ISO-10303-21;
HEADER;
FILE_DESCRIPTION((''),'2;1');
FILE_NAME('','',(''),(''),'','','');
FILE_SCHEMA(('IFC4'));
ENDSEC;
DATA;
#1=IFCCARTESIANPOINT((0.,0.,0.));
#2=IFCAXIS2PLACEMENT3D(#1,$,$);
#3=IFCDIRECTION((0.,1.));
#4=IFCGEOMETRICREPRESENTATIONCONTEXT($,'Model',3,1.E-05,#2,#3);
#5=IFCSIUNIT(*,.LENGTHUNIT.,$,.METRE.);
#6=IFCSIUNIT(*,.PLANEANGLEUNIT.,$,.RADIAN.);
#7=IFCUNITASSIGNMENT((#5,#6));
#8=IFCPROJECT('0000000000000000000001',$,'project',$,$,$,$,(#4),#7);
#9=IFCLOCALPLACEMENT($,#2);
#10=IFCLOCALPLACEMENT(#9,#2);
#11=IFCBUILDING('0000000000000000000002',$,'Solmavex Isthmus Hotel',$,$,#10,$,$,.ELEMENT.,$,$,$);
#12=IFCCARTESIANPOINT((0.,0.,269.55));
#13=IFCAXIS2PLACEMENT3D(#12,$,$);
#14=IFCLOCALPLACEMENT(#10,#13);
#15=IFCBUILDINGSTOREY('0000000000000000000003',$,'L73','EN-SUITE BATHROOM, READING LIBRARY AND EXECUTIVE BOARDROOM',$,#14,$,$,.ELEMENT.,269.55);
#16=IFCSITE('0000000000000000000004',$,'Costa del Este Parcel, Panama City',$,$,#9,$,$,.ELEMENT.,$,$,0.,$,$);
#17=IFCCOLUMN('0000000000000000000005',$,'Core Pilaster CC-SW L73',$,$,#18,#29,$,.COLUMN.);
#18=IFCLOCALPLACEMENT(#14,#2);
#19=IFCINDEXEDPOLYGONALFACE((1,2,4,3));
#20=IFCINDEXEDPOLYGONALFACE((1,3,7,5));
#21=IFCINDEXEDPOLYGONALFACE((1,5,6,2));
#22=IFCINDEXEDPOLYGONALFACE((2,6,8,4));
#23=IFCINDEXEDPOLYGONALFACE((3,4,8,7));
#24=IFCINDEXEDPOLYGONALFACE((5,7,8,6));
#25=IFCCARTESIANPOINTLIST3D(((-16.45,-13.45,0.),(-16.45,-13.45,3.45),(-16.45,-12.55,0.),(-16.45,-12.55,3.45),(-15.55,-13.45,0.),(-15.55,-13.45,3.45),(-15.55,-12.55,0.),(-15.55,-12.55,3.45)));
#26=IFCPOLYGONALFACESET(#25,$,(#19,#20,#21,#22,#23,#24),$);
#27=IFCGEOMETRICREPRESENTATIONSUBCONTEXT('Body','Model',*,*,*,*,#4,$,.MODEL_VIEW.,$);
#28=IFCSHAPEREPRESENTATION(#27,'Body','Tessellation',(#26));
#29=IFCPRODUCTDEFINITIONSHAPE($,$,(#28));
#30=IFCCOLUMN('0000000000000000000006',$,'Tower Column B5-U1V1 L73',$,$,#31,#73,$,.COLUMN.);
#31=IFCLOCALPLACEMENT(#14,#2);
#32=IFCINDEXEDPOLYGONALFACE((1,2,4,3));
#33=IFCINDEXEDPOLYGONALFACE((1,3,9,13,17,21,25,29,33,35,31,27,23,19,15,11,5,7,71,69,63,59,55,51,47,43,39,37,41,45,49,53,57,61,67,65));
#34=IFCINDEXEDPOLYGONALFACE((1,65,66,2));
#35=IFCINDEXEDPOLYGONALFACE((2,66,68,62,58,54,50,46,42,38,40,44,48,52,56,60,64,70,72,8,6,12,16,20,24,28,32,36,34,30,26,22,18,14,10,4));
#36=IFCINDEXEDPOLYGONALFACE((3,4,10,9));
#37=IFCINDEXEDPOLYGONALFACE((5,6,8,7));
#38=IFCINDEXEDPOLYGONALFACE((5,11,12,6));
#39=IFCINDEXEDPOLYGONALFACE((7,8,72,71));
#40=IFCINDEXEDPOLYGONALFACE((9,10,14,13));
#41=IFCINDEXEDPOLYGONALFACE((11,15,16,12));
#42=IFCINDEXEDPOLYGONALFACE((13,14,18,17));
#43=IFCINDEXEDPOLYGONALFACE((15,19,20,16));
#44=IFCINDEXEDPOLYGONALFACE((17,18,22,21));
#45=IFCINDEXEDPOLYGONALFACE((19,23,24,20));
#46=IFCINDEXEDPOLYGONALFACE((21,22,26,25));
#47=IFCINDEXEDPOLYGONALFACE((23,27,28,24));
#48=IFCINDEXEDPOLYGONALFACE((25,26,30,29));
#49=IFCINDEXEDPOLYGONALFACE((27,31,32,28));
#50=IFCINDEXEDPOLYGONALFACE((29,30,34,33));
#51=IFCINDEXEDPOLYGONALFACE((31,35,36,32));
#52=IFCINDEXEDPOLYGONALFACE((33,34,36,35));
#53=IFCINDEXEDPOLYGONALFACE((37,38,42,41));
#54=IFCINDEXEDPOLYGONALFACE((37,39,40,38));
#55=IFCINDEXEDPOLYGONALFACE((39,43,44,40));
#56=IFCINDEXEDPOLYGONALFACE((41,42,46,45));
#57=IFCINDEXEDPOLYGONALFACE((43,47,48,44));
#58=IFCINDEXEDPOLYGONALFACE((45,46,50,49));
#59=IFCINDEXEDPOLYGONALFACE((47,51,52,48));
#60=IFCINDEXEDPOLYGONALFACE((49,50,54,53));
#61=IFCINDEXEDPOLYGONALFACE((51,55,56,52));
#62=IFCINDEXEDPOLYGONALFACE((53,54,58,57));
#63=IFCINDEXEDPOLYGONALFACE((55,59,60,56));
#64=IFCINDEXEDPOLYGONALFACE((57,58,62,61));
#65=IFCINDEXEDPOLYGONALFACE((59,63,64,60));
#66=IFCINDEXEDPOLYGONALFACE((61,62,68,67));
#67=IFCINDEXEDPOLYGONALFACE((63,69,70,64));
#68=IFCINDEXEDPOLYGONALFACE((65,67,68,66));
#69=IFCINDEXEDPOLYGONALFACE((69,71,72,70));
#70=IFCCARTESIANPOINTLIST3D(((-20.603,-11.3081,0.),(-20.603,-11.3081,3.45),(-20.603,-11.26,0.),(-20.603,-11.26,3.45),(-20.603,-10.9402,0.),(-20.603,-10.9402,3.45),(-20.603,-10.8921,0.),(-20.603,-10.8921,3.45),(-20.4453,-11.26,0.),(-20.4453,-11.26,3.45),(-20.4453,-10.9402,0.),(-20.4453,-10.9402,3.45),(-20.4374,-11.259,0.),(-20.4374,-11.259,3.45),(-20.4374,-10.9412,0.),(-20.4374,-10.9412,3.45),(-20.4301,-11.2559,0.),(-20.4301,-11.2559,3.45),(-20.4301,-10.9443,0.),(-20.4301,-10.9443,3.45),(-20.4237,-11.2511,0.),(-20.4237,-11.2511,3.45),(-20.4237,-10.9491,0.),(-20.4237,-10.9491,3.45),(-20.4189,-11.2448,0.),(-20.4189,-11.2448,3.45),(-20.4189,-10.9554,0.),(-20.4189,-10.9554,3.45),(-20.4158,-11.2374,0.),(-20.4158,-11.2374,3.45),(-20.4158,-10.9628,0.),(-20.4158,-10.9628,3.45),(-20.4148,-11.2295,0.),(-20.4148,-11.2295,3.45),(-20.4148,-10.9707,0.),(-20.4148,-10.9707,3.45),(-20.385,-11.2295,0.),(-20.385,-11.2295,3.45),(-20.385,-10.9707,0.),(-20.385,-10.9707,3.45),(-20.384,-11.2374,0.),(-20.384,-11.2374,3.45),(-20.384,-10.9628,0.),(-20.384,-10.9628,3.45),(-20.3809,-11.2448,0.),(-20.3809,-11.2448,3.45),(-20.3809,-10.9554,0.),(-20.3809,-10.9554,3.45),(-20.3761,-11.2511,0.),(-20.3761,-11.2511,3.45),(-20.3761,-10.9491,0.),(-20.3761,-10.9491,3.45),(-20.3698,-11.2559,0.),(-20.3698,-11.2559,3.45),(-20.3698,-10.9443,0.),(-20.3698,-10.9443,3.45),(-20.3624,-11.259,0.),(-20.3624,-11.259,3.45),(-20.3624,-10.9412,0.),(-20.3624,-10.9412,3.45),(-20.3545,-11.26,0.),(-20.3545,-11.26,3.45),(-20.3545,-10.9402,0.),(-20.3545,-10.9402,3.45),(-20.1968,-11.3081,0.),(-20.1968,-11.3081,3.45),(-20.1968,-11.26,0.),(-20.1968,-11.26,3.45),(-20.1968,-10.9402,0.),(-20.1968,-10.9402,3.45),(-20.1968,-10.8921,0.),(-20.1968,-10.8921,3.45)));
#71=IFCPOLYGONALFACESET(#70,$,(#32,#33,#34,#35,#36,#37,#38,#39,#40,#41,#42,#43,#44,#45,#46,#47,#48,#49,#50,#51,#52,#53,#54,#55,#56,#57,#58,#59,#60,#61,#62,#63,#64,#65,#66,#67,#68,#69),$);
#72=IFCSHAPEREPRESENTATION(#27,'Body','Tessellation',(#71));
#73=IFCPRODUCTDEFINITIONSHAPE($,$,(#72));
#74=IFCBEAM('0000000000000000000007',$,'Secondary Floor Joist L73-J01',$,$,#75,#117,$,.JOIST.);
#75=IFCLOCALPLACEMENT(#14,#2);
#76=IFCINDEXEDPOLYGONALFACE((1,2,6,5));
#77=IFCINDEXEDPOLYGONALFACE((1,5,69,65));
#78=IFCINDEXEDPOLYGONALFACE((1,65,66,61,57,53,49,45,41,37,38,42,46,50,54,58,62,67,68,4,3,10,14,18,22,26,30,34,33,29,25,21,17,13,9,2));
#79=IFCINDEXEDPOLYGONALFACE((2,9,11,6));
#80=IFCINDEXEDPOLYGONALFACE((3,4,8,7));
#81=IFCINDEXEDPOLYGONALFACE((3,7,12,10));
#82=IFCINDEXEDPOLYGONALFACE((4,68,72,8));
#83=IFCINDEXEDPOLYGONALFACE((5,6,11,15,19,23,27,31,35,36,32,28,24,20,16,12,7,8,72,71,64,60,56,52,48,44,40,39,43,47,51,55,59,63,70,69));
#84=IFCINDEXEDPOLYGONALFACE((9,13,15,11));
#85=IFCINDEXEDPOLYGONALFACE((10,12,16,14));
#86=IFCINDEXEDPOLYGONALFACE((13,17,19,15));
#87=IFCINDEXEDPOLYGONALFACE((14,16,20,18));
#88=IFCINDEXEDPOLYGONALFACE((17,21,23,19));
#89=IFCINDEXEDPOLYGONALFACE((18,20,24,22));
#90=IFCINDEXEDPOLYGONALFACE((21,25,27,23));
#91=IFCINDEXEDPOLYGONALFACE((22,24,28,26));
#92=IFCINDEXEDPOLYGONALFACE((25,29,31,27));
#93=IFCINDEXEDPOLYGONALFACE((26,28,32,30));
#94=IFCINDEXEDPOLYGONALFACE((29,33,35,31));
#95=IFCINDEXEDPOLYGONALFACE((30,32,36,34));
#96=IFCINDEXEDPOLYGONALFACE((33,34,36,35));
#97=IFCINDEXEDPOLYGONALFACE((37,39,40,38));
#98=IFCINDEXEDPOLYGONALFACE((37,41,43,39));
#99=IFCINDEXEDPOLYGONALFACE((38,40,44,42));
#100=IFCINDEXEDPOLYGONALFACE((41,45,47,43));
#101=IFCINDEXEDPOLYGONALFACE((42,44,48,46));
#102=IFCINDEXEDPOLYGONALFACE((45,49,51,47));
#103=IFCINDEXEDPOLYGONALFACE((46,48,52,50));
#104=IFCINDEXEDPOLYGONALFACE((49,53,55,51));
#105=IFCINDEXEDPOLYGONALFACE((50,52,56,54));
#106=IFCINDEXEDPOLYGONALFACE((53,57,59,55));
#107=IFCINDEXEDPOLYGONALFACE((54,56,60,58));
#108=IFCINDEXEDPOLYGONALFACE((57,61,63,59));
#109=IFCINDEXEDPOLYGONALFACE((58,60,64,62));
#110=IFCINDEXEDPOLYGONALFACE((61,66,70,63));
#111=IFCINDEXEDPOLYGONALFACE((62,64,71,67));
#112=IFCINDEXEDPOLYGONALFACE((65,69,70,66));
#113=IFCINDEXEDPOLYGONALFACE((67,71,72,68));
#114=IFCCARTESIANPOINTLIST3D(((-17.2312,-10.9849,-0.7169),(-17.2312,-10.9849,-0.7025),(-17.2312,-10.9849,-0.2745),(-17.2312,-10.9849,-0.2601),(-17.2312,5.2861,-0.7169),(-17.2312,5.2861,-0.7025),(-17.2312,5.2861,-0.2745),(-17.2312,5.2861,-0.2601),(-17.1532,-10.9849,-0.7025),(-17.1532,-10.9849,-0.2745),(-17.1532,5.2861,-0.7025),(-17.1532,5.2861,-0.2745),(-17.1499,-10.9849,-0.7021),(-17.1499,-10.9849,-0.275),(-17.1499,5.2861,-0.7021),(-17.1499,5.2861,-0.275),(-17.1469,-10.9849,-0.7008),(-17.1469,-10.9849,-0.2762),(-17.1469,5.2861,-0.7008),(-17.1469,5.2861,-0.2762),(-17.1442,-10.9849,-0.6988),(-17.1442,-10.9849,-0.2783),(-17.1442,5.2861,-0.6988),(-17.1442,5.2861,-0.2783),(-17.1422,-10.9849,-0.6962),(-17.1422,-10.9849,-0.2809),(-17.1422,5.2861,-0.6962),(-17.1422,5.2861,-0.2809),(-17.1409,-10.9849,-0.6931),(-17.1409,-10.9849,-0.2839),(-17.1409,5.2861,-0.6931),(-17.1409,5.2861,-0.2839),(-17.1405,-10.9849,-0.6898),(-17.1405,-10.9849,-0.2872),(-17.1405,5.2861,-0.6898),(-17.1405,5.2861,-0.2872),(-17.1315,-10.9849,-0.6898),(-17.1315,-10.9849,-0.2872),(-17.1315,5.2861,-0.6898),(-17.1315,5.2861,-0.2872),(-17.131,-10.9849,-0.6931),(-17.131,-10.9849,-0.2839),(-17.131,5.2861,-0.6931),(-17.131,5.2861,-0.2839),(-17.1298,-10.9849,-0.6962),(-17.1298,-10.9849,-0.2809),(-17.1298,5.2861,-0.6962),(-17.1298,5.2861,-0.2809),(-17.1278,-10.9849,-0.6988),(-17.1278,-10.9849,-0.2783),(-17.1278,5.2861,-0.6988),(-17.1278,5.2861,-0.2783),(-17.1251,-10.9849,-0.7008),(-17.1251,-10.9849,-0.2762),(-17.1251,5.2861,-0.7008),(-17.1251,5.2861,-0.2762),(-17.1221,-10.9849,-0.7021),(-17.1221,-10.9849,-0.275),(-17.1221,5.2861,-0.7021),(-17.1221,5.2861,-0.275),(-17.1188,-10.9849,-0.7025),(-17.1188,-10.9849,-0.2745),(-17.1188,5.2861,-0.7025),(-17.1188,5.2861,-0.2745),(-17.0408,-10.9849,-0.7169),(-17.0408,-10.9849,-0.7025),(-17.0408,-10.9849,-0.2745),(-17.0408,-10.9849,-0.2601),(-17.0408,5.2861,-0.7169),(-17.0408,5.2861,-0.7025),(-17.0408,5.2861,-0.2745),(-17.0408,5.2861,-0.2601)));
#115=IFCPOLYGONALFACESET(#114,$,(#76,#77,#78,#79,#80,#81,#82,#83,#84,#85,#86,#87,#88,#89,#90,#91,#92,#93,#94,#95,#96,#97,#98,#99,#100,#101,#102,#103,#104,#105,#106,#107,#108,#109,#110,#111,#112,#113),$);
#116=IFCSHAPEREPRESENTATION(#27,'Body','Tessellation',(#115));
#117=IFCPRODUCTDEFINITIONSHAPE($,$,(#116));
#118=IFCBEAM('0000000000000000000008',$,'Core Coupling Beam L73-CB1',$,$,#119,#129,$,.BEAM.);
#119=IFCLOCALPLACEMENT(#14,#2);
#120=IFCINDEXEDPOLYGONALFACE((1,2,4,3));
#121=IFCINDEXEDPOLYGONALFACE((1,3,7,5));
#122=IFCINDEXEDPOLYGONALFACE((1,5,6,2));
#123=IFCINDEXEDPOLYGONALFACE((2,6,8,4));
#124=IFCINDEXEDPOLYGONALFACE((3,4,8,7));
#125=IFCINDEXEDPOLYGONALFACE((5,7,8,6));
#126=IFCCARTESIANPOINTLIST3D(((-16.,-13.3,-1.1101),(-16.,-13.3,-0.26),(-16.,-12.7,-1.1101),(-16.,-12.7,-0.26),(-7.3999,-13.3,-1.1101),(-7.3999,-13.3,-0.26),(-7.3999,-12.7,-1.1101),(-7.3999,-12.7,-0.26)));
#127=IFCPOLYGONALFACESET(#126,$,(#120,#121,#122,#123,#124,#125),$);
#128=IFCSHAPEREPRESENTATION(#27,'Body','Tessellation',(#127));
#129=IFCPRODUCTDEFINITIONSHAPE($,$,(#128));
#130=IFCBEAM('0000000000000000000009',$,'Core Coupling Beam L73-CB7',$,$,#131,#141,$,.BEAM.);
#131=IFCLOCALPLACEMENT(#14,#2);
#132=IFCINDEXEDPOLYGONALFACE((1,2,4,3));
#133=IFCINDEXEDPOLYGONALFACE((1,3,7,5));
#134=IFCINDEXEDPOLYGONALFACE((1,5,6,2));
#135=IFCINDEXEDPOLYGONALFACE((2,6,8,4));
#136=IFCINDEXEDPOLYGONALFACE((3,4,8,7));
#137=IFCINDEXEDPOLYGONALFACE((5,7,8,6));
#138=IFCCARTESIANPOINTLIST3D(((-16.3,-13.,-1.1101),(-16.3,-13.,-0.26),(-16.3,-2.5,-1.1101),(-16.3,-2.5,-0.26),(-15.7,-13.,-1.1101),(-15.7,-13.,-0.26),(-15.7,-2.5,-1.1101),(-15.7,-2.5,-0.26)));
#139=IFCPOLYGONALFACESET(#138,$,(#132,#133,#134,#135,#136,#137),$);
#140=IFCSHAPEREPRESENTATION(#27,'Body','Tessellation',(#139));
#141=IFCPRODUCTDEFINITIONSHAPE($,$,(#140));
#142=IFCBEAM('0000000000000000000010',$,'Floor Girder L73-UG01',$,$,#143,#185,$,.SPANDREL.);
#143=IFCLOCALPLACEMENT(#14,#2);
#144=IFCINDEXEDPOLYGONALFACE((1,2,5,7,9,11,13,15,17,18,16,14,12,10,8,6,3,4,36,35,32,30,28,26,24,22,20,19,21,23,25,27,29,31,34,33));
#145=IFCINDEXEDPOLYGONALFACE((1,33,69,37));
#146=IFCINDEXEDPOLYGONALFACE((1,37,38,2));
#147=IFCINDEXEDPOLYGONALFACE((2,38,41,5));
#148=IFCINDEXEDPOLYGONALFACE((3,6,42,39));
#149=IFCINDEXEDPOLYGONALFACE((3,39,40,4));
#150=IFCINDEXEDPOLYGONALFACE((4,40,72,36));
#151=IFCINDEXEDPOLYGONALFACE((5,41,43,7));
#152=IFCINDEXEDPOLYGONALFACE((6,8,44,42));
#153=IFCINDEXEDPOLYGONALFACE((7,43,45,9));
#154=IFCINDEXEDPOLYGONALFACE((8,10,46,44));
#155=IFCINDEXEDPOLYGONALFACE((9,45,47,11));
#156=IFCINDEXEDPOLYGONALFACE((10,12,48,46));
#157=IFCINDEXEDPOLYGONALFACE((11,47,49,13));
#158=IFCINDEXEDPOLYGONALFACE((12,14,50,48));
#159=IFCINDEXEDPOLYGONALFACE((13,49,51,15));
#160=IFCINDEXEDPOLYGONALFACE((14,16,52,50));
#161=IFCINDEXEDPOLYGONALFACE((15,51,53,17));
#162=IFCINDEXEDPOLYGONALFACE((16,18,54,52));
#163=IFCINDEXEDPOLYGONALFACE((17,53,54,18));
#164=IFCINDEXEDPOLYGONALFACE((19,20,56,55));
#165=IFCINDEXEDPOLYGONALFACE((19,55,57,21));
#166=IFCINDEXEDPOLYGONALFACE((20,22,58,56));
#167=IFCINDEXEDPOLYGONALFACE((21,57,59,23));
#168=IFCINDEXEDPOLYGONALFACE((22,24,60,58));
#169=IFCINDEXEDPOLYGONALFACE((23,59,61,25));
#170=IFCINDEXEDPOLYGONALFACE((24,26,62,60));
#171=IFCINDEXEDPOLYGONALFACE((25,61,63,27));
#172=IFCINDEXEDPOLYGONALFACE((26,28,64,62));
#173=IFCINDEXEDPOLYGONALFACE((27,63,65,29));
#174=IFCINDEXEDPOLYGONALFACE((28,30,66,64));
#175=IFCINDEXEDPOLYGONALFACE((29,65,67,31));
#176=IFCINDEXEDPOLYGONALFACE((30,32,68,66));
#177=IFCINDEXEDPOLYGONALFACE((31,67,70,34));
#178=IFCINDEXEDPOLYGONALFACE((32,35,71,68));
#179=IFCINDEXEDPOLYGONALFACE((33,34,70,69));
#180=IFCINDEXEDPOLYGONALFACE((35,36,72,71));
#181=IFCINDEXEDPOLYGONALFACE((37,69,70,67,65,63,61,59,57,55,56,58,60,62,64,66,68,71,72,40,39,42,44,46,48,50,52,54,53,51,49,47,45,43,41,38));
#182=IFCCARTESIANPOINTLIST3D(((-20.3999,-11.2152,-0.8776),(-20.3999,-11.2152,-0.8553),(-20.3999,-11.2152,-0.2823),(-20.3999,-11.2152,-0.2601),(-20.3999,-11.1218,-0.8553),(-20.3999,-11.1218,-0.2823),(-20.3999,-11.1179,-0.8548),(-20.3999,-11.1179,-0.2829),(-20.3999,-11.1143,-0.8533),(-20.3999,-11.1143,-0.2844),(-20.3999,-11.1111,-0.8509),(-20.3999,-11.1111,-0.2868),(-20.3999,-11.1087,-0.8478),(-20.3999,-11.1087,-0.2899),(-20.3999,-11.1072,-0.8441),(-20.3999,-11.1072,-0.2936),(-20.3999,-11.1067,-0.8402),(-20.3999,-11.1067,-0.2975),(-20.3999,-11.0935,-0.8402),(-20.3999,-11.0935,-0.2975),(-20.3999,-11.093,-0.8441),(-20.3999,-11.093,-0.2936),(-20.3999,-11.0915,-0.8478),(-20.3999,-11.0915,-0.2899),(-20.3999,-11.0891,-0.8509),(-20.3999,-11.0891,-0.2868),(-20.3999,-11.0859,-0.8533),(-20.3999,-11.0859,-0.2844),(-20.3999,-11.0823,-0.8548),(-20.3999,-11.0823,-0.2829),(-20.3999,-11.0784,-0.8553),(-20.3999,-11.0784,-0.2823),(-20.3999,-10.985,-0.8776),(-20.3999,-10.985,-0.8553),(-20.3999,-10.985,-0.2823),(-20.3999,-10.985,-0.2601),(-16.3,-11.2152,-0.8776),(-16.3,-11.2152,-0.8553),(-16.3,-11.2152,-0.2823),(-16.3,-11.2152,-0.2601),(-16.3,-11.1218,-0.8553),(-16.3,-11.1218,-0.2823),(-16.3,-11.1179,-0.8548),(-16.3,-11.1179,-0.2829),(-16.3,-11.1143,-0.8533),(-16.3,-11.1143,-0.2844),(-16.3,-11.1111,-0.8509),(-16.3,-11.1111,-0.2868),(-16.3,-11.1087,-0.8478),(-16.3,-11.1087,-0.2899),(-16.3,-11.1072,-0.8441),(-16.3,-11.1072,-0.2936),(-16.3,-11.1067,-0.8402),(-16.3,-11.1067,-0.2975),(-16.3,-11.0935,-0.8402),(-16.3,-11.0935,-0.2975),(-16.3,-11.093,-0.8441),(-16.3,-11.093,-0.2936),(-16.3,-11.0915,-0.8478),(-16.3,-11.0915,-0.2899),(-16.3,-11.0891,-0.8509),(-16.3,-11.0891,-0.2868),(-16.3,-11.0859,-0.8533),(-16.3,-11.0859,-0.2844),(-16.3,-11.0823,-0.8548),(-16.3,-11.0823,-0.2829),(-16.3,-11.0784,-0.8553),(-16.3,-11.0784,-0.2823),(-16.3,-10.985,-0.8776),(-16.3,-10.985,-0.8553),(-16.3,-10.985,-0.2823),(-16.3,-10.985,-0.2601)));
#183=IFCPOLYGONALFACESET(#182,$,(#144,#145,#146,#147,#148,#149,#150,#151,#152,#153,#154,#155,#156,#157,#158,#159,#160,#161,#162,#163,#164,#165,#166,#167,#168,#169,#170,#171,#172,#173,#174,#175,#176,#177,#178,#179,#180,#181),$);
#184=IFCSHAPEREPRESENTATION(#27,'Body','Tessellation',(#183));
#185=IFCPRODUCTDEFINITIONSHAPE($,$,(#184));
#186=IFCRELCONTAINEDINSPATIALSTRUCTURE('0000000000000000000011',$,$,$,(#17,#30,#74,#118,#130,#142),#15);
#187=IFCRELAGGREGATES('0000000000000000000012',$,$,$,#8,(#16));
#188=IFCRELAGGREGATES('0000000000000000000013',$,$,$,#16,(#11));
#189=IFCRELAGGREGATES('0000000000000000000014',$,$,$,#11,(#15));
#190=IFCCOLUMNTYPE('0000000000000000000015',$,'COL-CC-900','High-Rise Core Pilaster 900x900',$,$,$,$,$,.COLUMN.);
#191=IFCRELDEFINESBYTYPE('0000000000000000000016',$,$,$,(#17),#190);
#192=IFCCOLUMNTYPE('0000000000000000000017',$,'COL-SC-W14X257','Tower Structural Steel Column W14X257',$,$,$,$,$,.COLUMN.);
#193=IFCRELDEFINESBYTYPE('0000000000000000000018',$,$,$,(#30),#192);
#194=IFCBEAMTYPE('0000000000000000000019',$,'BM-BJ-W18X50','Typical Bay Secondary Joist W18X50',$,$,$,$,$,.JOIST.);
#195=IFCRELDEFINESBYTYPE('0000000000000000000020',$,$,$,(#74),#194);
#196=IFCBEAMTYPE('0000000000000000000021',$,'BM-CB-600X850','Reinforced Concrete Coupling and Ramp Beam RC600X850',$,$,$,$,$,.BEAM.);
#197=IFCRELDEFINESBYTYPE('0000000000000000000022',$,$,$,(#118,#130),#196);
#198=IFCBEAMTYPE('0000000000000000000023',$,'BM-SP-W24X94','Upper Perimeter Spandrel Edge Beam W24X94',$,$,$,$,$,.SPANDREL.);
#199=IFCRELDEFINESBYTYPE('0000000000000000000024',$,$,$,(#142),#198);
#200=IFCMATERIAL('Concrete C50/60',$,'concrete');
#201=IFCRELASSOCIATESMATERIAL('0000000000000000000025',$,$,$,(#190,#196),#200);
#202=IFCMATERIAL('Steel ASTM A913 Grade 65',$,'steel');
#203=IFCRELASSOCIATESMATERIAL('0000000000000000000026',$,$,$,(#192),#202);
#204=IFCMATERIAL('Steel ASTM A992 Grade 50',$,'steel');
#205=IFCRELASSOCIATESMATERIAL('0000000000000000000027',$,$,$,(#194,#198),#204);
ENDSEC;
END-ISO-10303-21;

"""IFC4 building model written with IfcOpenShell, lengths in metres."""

from ifc_helpers import new_model, si_unit, direction, frame, origin, origin_2d, place, context, subcontext, project, spatial, rectangle, i_section, extrude, material, material_profile, profile_set, type_object, element, save


model = new_model("IFC4")

# Units and contexts
model_context = context("Model", 3, precision=1e-05, world=origin(), true_north=direction((0.0, 1.0)))
body_context = subcontext(model_context, "Body", "Model", "MODEL_VIEW")
ifc_project = project(units=[si_unit("LENGTHUNIT", "METRE"), si_unit("PLANEANGLEUNIT", "RADIAN")], contexts=[model_context])

# Site, building, storey
site_placement = place(None, origin())
site = spatial("IfcSite", under=ifc_project, at=site_placement, Name="Costa del Este Parcel, Panama City", CompositionType="ELEMENT", RefElevation=0.0)
building_placement = place(site_placement, origin())
building = spatial("IfcBuilding", under=site, at=building_placement, Name="Solmavex Isthmus Hotel", CompositionType="ELEMENT")
storey_placement = place(building_placement, frame((0.0, 0.0, 269.55)))
storey = spatial("IfcBuildingStorey", under=building, at=storey_placement, Name="L73", Description="EN-SUITE BATHROOM, READING LIBRARY AND EXECUTIVE BOARDROOM", CompositionType="ELEMENT", Elevation=269.55)

# Columns
ifc_material_1 = material(Name="Concrete C50/60", Category="concrete")
ifc_material_profile_1 = material_profile(ifc_material_1, rectangle(XDim=0.8999, YDim=0.8999, at=origin_2d()), Name="RC900X900")
ifc_profile_set_1 = profile_set([ifc_material_profile_1], Name="Concrete C50/60")
column_type_1 = type_object("IfcColumnType", Name="COL-CC-900", Description="High-Rise Core Pilaster 900x900", PredefinedType="COLUMN", material=ifc_profile_set_1)
column_1_placement = place(storey_placement, frame((-16.0, -13.0, 0.0), z_axis=(0.0, 0.0, 1.0), x_axis=(1.0, 0.0, 0.0)))
element("IfcColumn", 1, at=column_1_placement, inside=storey, type_object=column_type_1, Name="Core Pilaster CC-SW L73", PredefinedType="COLUMN", context=body_context, shape_type="SweptSolid", body=[
    extrude(rectangle(XDim=0.8999, YDim=0.8999, at=origin_2d()), origin(), (0.0, 0.0, 1.0), 3.45),
])
ifc_material_2 = material(Name="Steel ASTM A913 Grade 65", Category="steel")
ifc_material_profile_2 = material_profile(ifc_material_2, i_section(OverallWidth=0.4062, OverallDepth=0.416, WebThickness=0.0298, FlangeThickness=0.0481, FilletRadius=0.0305, at=origin_2d()), Name="W14X257")
ifc_profile_set_2 = profile_set([ifc_material_profile_2], Name="Steel ASTM A913 Grade 65")
column_type_2 = type_object("IfcColumnType", Name="COL-SC-W14X257", Description="Tower Structural Steel Column W14X257", PredefinedType="COLUMN", material=ifc_profile_set_2)
column_2_placement = place(storey_placement, frame((-20.3999, -11.1001, 0.0), z_axis=(0.0, 0.0, 1.0), x_axis=(1.0, 0.0, 0.0)))
element("IfcColumn", 2, at=column_2_placement, inside=storey, type_object=column_type_2, Name="Tower Column B5-U1V1 L73", PredefinedType="COLUMN", context=body_context, shape_type="SweptSolid", body=[
    extrude(i_section(OverallWidth=0.4062, OverallDepth=0.416, WebThickness=0.0298, FlangeThickness=0.0481, FilletRadius=0.0305, at=origin_2d()), origin(), (0.0, 0.0, 1.0), 3.45),
])

# Beams
ifc_material_3 = material(Name="Steel ASTM A992 Grade 50", Category="steel")
ifc_material_profile_3 = material_profile(ifc_material_3, i_section(OverallWidth=0.1904, OverallDepth=0.4568, WebThickness=0.009, FlangeThickness=0.0144, FilletRadius=0.0127, at=origin_2d()), Name="W18X50")
ifc_profile_set_3 = profile_set([ifc_material_profile_3], Name="Steel ASTM A992 Grade 50")
beam_type_1 = type_object("IfcBeamType", Name="BM-BJ-W18X50", Description="Typical Bay Secondary Joist W18X50", PredefinedType="JOIST", material=ifc_profile_set_3)
beam_1_placement = place(storey_placement, frame((-17.136, -10.9849, -0.4885), z_axis=(0.0, 1.0, 0.0), x_axis=(-1.0, 0.0, 0.0)))
element("IfcBeam", 3, at=beam_1_placement, inside=storey, type_object=beam_type_1, Name="Secondary Floor Joist L73-J01", PredefinedType="JOIST", context=body_context, shape_type="SweptSolid", body=[
    extrude(i_section(OverallWidth=0.1904, OverallDepth=0.4568, WebThickness=0.009, FlangeThickness=0.0144, FilletRadius=0.0127, at=origin_2d()), origin(), (0.0, 0.0, 1.0), 16.271),
])
ifc_material_profile_4 = material_profile(ifc_material_1, rectangle(XDim=0.6001, YDim=0.8501, at=origin_2d()), Name="RC600X850")
ifc_profile_set_4 = profile_set([ifc_material_profile_4], Name="Concrete C50/60")
beam_type_2 = type_object("IfcBeamType", Name="BM-CB-600X850", Description="Reinforced Concrete Coupling and Ramp Beam RC600X850", PredefinedType="BEAM", material=ifc_profile_set_4)
beam_2_placement = place(storey_placement, frame((-16.0, -13.0, -0.6851), z_axis=(1.0, 0.0, 0.0), x_axis=(0.0, 1.0, 0.0)))
element("IfcBeam", 4, at=beam_2_placement, inside=storey, type_object=beam_type_2, Name="Core Coupling Beam L73-CB1", PredefinedType="BEAM", context=body_context, shape_type="SweptSolid", body=[
    extrude(rectangle(XDim=0.6001, YDim=0.8501, at=origin_2d()), origin(), (0.0, 0.0, 1.0), 8.6001),
])
beam_3_placement = place(storey_placement, frame((-16.0, -13.0, -0.6851), z_axis=(0.0, 1.0, 0.0), x_axis=(-1.0, 0.0, 0.0)))
element("IfcBeam", 5, at=beam_3_placement, inside=storey, type_object=beam_type_2, Name="Core Coupling Beam L73-CB7", PredefinedType="BEAM", context=body_context, shape_type="SweptSolid", body=[
    extrude(rectangle(XDim=0.6001, YDim=0.8501, at=origin_2d()), origin(), (0.0, 0.0, 1.0), 10.5),
])
ifc_material_profile_5 = material_profile(ifc_material_3, i_section(OverallWidth=0.2302, OverallDepth=0.6174, WebThickness=0.0132, FlangeThickness=0.0222, FilletRadius=0.0151, at=origin_2d()), Name="W24X94")
ifc_profile_set_5 = profile_set([ifc_material_profile_5], Name="Steel ASTM A992 Grade 50")
beam_type_3 = type_object("IfcBeamType", Name="BM-SP-W24X94", Description="Upper Perimeter Spandrel Edge Beam W24X94", PredefinedType="SPANDREL", material=ifc_profile_set_5)
beam_4_placement = place(storey_placement, frame((-20.3999, -11.1001, -0.5688), z_axis=(1.0, 0.0, 0.0), x_axis=(0.0, 1.0, 0.0)))
element("IfcBeam", 6, at=beam_4_placement, inside=storey, type_object=beam_type_3, Name="Floor Girder L73-UG01", PredefinedType="SPANDREL", context=body_context, shape_type="SweptSolid", body=[
    extrude(i_section(OverallWidth=0.2302, OverallDepth=0.6174, WebThickness=0.0132, FlangeThickness=0.0222, FilletRadius=0.0151, at=origin_2d()), origin(), (0.0, 0.0, 1.0), 4.0999),
])

save(model, "model.ifc")
